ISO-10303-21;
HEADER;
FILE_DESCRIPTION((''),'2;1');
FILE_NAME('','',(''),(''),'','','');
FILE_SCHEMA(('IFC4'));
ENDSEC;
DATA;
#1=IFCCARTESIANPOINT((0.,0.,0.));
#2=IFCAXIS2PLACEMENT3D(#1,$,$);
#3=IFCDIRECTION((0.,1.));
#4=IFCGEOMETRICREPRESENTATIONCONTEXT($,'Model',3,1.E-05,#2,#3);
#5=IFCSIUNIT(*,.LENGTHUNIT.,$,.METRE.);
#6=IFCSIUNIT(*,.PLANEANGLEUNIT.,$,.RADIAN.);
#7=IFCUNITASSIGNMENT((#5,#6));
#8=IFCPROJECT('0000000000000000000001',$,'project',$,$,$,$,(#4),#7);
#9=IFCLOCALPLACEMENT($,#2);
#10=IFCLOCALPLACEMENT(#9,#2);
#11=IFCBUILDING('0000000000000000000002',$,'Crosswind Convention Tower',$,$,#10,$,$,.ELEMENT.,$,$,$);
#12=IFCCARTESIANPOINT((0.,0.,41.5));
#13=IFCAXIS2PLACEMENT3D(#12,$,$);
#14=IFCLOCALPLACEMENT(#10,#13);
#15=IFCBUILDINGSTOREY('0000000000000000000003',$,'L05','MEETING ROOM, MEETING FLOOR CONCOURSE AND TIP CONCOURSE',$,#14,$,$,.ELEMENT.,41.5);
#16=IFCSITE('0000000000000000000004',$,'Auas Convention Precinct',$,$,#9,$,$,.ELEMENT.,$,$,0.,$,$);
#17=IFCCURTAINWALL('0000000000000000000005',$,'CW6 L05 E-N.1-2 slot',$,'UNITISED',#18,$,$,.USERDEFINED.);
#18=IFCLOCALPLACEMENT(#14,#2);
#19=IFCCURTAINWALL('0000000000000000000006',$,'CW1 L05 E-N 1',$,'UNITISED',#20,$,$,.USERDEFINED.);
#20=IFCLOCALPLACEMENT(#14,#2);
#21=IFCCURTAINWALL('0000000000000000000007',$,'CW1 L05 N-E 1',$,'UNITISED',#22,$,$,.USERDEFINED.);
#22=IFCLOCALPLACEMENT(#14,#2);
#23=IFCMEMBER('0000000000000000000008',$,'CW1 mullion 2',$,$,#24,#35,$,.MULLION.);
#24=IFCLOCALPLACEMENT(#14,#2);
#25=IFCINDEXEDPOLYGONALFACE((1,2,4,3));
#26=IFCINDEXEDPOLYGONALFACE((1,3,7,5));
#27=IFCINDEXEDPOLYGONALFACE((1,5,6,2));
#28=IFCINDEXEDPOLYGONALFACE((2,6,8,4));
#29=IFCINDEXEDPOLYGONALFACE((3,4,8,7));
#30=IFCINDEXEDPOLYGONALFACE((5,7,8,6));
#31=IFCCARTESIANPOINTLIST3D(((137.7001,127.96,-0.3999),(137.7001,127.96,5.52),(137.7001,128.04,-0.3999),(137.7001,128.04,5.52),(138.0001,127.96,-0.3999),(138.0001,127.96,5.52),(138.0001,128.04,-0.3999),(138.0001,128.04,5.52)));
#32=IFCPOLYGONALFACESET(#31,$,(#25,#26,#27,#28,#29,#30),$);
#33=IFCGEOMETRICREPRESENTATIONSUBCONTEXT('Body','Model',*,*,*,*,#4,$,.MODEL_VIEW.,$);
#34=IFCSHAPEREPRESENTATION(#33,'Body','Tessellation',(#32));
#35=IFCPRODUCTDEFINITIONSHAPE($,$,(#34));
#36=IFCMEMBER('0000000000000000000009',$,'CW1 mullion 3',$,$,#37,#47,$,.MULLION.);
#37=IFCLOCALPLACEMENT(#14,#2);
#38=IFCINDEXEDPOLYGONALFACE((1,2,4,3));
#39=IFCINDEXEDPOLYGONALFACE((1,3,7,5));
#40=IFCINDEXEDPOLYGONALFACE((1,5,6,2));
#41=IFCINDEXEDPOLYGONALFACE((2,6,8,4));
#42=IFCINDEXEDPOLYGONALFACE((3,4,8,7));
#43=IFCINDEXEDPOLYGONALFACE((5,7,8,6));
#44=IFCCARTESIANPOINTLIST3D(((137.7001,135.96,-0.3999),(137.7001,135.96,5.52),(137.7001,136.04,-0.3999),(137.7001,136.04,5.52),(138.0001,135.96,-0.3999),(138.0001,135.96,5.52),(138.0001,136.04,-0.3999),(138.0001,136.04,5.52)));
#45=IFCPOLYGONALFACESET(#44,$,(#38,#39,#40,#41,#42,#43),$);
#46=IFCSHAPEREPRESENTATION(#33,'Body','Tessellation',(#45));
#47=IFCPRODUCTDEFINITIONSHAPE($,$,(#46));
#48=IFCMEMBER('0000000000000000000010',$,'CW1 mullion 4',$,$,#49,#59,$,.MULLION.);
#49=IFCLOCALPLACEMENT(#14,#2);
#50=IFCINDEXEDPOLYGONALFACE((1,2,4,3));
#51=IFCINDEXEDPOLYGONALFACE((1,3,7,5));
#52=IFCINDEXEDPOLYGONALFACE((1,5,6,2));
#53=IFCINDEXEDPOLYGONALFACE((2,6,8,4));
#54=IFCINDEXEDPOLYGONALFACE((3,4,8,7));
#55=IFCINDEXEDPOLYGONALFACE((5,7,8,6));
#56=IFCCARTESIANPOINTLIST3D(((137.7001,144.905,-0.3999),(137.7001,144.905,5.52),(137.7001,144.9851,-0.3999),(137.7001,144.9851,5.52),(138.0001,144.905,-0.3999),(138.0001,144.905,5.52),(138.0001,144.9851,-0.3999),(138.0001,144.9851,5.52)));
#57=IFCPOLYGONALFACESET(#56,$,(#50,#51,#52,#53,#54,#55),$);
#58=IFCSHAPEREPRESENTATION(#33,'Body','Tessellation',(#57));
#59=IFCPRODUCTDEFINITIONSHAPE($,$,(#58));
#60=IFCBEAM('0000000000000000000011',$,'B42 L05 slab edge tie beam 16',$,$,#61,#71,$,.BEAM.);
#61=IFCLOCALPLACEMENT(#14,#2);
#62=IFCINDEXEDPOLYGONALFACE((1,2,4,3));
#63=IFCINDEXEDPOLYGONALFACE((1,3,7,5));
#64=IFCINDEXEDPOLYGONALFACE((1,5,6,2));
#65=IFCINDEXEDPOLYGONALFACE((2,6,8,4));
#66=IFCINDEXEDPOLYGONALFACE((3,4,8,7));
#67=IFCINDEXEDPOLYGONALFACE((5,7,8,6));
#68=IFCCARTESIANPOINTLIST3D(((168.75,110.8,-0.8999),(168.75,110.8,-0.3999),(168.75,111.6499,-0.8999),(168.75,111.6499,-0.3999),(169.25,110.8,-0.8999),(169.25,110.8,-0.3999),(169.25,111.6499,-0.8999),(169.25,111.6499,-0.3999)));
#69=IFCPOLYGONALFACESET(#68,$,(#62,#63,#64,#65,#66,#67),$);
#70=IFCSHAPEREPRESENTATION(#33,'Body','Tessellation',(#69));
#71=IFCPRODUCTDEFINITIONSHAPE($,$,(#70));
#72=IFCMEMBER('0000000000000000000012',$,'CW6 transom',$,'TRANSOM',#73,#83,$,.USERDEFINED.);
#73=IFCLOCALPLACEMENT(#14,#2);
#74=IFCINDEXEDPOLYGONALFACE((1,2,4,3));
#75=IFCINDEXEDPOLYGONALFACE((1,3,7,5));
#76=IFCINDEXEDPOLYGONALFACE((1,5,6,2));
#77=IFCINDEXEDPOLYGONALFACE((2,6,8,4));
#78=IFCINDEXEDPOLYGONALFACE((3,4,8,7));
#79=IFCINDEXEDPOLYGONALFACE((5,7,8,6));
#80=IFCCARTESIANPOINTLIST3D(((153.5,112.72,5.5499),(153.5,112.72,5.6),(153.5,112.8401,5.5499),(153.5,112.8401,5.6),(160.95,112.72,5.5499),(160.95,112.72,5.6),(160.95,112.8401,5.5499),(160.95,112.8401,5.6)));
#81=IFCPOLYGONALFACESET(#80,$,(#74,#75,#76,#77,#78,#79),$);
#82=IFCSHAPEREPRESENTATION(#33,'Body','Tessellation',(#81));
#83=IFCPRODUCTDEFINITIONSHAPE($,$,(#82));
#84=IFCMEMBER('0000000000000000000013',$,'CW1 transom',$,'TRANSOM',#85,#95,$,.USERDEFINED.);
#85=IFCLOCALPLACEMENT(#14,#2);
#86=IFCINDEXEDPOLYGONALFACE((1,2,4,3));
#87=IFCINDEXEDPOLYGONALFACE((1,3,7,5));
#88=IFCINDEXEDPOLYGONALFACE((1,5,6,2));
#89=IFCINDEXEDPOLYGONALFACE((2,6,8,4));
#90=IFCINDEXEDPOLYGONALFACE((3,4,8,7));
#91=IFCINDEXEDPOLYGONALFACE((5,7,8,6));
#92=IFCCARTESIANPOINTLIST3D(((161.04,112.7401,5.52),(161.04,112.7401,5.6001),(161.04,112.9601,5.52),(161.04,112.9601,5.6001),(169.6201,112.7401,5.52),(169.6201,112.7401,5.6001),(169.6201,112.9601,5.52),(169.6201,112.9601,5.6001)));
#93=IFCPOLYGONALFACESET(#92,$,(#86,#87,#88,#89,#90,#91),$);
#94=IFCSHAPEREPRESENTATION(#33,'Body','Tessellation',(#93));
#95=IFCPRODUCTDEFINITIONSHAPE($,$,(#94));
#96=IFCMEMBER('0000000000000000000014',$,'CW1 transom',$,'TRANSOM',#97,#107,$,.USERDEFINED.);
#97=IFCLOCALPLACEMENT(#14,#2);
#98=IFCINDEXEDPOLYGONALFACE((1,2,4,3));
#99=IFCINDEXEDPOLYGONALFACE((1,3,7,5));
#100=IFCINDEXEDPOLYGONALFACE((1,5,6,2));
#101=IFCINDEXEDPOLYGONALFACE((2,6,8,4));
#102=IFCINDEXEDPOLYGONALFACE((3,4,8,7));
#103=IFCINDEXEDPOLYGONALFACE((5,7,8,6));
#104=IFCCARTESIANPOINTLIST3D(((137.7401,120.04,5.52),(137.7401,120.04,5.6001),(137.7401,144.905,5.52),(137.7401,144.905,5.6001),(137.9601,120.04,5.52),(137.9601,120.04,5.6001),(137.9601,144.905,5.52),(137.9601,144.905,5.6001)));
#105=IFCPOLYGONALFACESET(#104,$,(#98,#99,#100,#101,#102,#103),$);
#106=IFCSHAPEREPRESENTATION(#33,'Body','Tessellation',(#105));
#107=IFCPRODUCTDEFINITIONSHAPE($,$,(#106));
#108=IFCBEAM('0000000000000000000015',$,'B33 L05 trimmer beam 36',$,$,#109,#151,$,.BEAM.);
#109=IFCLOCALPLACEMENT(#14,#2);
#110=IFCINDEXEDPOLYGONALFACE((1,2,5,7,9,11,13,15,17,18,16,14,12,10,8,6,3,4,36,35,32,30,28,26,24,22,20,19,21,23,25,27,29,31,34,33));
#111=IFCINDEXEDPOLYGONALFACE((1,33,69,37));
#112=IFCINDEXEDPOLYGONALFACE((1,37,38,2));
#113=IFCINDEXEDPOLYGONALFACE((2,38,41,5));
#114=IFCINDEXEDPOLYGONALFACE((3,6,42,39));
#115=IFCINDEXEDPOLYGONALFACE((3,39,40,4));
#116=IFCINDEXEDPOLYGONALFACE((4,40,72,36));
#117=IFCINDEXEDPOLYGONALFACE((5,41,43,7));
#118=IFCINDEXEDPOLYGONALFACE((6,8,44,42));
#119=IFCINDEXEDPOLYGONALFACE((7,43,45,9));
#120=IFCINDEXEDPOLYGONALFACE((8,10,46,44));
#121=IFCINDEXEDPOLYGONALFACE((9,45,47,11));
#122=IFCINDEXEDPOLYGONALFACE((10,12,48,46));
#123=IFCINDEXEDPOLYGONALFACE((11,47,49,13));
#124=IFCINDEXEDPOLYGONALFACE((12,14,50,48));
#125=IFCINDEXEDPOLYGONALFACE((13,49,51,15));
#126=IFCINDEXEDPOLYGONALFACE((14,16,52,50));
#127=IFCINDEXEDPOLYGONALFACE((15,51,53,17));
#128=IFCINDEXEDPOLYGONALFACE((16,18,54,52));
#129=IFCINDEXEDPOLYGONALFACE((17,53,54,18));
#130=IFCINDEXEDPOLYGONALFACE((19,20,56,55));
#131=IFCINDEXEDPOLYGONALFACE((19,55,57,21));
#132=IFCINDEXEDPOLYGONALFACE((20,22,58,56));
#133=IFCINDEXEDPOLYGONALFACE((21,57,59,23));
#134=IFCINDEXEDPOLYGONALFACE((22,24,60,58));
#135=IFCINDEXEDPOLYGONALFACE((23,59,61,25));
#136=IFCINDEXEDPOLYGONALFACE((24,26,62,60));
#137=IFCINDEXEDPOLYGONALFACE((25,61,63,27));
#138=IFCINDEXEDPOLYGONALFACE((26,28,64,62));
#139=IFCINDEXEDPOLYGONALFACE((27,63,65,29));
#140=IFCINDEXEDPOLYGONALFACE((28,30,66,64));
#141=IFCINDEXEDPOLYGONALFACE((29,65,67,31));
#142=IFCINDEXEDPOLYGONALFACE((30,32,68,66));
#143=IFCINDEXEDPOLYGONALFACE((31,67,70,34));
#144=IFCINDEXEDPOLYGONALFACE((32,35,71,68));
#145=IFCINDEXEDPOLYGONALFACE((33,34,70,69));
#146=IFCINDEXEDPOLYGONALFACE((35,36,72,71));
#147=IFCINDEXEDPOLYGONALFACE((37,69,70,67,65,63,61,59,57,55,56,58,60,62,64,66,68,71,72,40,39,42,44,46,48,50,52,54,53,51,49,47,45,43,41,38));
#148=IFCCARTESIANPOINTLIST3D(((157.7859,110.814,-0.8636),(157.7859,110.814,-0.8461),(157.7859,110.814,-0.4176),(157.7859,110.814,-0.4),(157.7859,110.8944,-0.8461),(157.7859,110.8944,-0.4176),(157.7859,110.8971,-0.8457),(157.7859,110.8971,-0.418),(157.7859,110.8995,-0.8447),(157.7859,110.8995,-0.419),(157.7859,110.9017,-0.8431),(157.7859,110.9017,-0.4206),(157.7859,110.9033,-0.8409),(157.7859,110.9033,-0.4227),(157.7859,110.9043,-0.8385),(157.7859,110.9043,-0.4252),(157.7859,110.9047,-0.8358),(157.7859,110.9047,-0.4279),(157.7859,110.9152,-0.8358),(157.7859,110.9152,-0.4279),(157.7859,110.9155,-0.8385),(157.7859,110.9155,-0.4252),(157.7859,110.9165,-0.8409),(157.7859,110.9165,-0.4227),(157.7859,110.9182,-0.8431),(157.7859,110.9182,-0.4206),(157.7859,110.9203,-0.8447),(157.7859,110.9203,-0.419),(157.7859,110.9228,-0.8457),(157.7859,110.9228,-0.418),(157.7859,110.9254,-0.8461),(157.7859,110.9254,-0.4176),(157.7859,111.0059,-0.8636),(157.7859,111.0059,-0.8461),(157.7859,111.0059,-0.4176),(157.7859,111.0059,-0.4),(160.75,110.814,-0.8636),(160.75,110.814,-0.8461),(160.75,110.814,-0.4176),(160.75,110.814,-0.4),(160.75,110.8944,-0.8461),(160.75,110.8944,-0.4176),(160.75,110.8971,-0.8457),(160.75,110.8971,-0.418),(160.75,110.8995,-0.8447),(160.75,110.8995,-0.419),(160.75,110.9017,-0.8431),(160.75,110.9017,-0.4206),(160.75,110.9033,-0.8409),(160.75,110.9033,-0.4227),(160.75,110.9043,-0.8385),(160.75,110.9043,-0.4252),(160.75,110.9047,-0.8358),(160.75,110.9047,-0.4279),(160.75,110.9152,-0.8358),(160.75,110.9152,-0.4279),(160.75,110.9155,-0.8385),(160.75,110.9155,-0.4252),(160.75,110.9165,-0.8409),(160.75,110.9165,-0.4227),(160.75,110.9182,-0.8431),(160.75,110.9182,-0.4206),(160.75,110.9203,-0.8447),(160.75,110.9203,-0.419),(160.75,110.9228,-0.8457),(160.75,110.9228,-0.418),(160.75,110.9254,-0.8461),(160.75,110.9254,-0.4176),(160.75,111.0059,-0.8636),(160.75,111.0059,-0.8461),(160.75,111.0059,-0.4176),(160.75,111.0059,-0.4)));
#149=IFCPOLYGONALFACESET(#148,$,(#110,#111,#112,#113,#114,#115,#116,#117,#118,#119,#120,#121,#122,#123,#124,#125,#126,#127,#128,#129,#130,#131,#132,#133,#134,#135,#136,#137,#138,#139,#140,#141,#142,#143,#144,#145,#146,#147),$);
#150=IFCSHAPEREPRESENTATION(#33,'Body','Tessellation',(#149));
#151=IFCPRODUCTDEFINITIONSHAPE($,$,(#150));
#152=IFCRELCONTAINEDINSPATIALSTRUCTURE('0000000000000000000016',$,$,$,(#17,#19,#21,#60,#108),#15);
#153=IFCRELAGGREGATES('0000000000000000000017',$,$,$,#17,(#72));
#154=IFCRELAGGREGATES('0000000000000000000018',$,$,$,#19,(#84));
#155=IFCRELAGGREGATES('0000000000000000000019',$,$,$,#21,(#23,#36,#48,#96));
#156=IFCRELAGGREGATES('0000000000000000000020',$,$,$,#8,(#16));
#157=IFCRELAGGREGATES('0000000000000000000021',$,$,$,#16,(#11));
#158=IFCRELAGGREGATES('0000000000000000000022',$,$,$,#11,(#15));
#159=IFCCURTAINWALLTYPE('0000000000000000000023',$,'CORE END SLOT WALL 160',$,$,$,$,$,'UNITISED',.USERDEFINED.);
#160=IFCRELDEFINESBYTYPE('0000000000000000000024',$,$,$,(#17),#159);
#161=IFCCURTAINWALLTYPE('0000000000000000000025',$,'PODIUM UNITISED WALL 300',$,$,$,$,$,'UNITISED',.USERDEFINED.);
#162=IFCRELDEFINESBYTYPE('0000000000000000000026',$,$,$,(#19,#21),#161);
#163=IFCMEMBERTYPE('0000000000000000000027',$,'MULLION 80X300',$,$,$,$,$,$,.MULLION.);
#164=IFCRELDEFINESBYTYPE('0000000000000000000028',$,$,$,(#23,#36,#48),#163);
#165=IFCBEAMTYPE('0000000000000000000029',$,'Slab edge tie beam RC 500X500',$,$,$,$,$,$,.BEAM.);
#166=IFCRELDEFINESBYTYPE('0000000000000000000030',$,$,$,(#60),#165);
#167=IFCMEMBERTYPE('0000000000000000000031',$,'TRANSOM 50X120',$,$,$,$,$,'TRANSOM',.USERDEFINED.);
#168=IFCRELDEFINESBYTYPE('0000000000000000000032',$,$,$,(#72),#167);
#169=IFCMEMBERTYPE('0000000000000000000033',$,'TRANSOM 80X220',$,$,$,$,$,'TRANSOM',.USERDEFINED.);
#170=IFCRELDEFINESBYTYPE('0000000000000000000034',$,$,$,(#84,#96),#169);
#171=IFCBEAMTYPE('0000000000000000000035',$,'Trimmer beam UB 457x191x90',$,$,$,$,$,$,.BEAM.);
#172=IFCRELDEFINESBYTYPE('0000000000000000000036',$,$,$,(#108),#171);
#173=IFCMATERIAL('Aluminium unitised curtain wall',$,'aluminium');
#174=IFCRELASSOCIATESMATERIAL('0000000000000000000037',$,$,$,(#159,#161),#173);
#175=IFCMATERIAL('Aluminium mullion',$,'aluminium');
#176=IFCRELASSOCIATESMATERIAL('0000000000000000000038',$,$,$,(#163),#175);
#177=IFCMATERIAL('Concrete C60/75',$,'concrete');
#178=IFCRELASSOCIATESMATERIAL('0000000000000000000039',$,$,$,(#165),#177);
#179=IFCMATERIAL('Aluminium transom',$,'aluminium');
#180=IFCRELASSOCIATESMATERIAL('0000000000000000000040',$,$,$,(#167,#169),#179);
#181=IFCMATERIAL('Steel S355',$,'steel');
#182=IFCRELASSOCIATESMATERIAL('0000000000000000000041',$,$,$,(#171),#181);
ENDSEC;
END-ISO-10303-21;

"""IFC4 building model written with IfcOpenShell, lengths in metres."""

from ifc_helpers import new_model, si_unit, direction, frame, origin, origin_2d, place, context, subcontext, project, spatial, rectangle, i_section, extrude, material, material_profile, profile_set, type_object, element, aggregate, save


model = new_model("IFC4")

# Units and contexts
model_context = context("Model", 3, precision=1e-05, world=origin(), true_north=direction((0.0, 1.0)))
body_context = subcontext(model_context, "Body", "Model", "MODEL_VIEW")
ifc_project = project(units=[si_unit("LENGTHUNIT", "METRE"), si_unit("PLANEANGLEUNIT", "RADIAN")], contexts=[model_context])

# Site, building, storey
site_placement = place(None, origin())
site = spatial("IfcSite", under=ifc_project, at=site_placement, Name="Auas Convention Precinct", CompositionType="ELEMENT", RefElevation=0.0)
building_placement = place(site_placement, origin())
building = spatial("IfcBuilding", under=site, at=building_placement, Name="Crosswind Convention Tower", CompositionType="ELEMENT")
storey_placement = place(building_placement, frame((0.0, 0.0, 41.5)))
storey = spatial("IfcBuildingStorey", under=building, at=storey_placement, Name="L05", Description="MEETING ROOM, MEETING FLOOR CONCOURSE AND TIP CONCOURSE", CompositionType="ELEMENT", Elevation=41.5)

# Shared definitions
ifc_material_1 = material(Name="Concrete C60/75", Category="concrete")

# Shared definitions
ifc_material_2 = material(Name="Steel S355", Category="steel")

# Curtain walls, members
ifc_material_3 = material(Name="Aluminium unitised curtain wall", Category="aluminium")
curtain_wall_type_1 = type_object("IfcCurtainWallType", Name="CORE END SLOT WALL 160", ElementType="UNITISED", PredefinedType="USERDEFINED", material=ifc_material_3)
curtain_wall_1_placement = place(storey_placement, origin())
curtain_wall_1 = element("IfcCurtainWall", 1, at=curtain_wall_1_placement, inside=storey, type_object=curtain_wall_type_1, Name="CW6 L05 E-N.1-2 slot", ObjectType="UNITISED", PredefinedType="USERDEFINED")
ifc_material_4 = material(Name="Aluminium mullion", Category="aluminium")
curtain_wall_type_2 = type_object("IfcCurtainWallType", Name="PODIUM UNITISED WALL 300", ElementType="UNITISED", PredefinedType="USERDEFINED", material=ifc_material_3)
curtain_wall_2_placement = place(storey_placement, origin())
curtain_wall_2 = element("IfcCurtainWall", 2, at=curtain_wall_2_placement, inside=storey, type_object=curtain_wall_type_2, Name="CW1 L05 E-N 1", ObjectType="UNITISED", PredefinedType="USERDEFINED")
ifc_material_profile_1 = material_profile(ifc_material_4, rectangle(XDim=0.3, YDim=0.0801, at=origin_2d()), Name="AL 300X80")
ifc_profile_set_1 = profile_set([ifc_material_profile_1], Name="Aluminium mullion")
member_type_1 = type_object("IfcMemberType", Name="MULLION 80X300", PredefinedType="MULLION", material=ifc_profile_set_1)
curtain_wall_3_placement = place(storey_placement, origin())
curtain_wall_3 = element("IfcCurtainWall", 3, at=curtain_wall_3_placement, inside=storey, type_object=curtain_wall_type_2, Name="CW1 L05 N-E 1", ObjectType="UNITISED", PredefinedType="USERDEFINED")
member_1_placement = place(storey_placement, frame((137.8501, 128.0, -0.3999), z_axis=(0.0, 0.0, 1.0), x_axis=(1.0, 0.0, 0.0)))
member_1 = element("IfcMember", 4, at=member_1_placement, type_object=member_type_1, Name="CW1 mullion 2", PredefinedType="MULLION", context=body_context, shape_type="SweptSolid", body=[
    extrude(rectangle(XDim=0.3, YDim=0.0801, at=origin_2d()), origin(), (0.0, 0.0, 1.0), 5.9199),
])
member_2_placement = place(storey_placement, frame((137.8501, 136.0, -0.3999), z_axis=(0.0, 0.0, 1.0), x_axis=(1.0, 0.0, 0.0)))
member_2 = element("IfcMember", 5, at=member_2_placement, type_object=member_type_1, Name="CW1 mullion 3", PredefinedType="MULLION", context=body_context, shape_type="SweptSolid", body=[
    extrude(rectangle(XDim=0.3, YDim=0.0801, at=origin_2d()), origin(), (0.0, 0.0, 1.0), 5.9199),
])
member_3_placement = place(storey_placement, frame((137.8501, 144.9451, -0.3999), z_axis=(0.0, 0.0, 1.0), x_axis=(1.0, 0.0, 0.0)))
member_3 = element("IfcMember", 6, at=member_3_placement, type_object=member_type_1, Name="CW1 mullion 4", PredefinedType="MULLION", context=body_context, shape_type="SweptSolid", body=[
    extrude(rectangle(XDim=0.3, YDim=0.0801, at=origin_2d()), origin(), (0.0, 0.0, 1.0), 5.9199),
])

# Beam
ifc_material_profile_2 = material_profile(ifc_material_1, rectangle(XDim=0.5, YDim=0.5, at=origin_2d()), Name="RC 500X500")
ifc_profile_set_2 = profile_set([ifc_material_profile_2], Name="Concrete C60/75")
beam_type_1 = type_object("IfcBeamType", Name="Slab edge tie beam RC 500X500", PredefinedType="BEAM", material=ifc_profile_set_2)
beam_1_placement = place(storey_placement, frame((169.0, 110.8, -0.6499), z_axis=(0.0, 1.0, 0.0), x_axis=(-1.0, 0.0, 0.0)))
element("IfcBeam", 7, at=beam_1_placement, inside=storey, type_object=beam_type_1, Name="B42 L05 slab edge tie beam 16", PredefinedType="BEAM", context=body_context, shape_type="SweptSolid", body=[
    extrude(rectangle(XDim=0.5, YDim=0.5, at=origin_2d()), origin(), (0.0, 0.0, 1.0), 0.8499),
])

# Members
ifc_material_5 = material(Name="Aluminium transom", Category="aluminium")
ifc_material_profile_3 = material_profile(ifc_material_5, rectangle(XDim=0.1201, YDim=0.05, at=origin_2d()), Name="AL 120X50")
ifc_profile_set_3 = profile_set([ifc_material_profile_3], Name="Aluminium transom")
member_type_2 = type_object("IfcMemberType", Name="TRANSOM 50X120", ElementType="TRANSOM", PredefinedType="USERDEFINED", material=ifc_profile_set_3)
member_4_placement = place(storey_placement, frame((160.95, 112.78, 5.575), z_axis=(-1.0, 0.0, 0.0), x_axis=(0.0, -1.0, 0.0)))
member_4 = element("IfcMember", 8, at=member_4_placement, type_object=member_type_2, Name="CW6 transom", ObjectType="TRANSOM", PredefinedType="USERDEFINED", context=body_context, shape_type="SweptSolid", body=[
    extrude(rectangle(XDim=0.1201, YDim=0.05, at=origin_2d()), origin(), (0.0, 0.0, 1.0), 7.45),
])
ifc_material_profile_4 = material_profile(ifc_material_5, rectangle(XDim=0.22, YDim=0.0801, at=origin_2d()), Name="AL 220X80")
ifc_profile_set_4 = profile_set([ifc_material_profile_4], Name="Aluminium transom")
member_type_3 = type_object("IfcMemberType", Name="TRANSOM 80X220", ElementType="TRANSOM", PredefinedType="USERDEFINED", material=ifc_profile_set_4)
member_5_placement = place(storey_placement, frame((169.6201, 112.8501, 5.5601), z_axis=(-1.0, 0.0, 0.0), x_axis=(0.0, -1.0, 0.0)))
member_5 = element("IfcMember", 9, at=member_5_placement, type_object=member_type_3, Name="CW1 transom", ObjectType="TRANSOM", PredefinedType="USERDEFINED", context=body_context, shape_type="SweptSolid", body=[
    extrude(rectangle(XDim=0.22, YDim=0.0801, at=origin_2d()), origin(), (0.0, 0.0, 1.0), 8.5801),
])
member_6_placement = place(storey_placement, frame((137.8501, 120.04, 5.5601), z_axis=(0.0, 1.0, 0.0), x_axis=(-1.0, 0.0, 0.0)))
member_6 = element("IfcMember", 10, at=member_6_placement, type_object=member_type_3, Name="CW1 transom", ObjectType="TRANSOM", PredefinedType="USERDEFINED", context=body_context, shape_type="SweptSolid", body=[
    extrude(rectangle(XDim=0.22, YDim=0.0801, at=origin_2d()), origin(), (0.0, 0.0, 1.0), 24.865),
])

# Beam
ifc_material_profile_5 = material_profile(ifc_material_2, i_section(OverallWidth=0.1919, OverallDepth=0.4636, WebThickness=0.0105, FlangeThickness=0.0176, FilletRadius=0.0103, at=origin_2d()), Name="UB 457x191x90")
ifc_profile_set_5 = profile_set([ifc_material_profile_5], Name="Steel S355")
beam_type_2 = type_object("IfcBeamType", Name="Trimmer beam UB 457x191x90", PredefinedType="BEAM", material=ifc_profile_set_5)
beam_2_placement = place(storey_placement, frame((157.7859, 110.9099, -0.6318), z_axis=(1.0, 0.0, 0.0), x_axis=(0.0, 1.0, 0.0)))
element("IfcBeam", 11, at=beam_2_placement, inside=storey, type_object=beam_type_2, Name="B33 L05 trimmer beam 36", PredefinedType="BEAM", context=body_context, shape_type="SweptSolid", body=[
    extrude(i_section(OverallWidth=0.1919, OverallDepth=0.4636, WebThickness=0.0105, FlangeThickness=0.0176, FilletRadius=0.0103, at=origin_2d()), origin(), (0.0, 0.0, 1.0), 2.9641),
])

aggregate(curtain_wall_1, [member_4])

aggregate(curtain_wall_2, [member_5])
aggregate(curtain_wall_3, [member_1, member_2, member_3, member_6])

save(model, "model.ifc")
